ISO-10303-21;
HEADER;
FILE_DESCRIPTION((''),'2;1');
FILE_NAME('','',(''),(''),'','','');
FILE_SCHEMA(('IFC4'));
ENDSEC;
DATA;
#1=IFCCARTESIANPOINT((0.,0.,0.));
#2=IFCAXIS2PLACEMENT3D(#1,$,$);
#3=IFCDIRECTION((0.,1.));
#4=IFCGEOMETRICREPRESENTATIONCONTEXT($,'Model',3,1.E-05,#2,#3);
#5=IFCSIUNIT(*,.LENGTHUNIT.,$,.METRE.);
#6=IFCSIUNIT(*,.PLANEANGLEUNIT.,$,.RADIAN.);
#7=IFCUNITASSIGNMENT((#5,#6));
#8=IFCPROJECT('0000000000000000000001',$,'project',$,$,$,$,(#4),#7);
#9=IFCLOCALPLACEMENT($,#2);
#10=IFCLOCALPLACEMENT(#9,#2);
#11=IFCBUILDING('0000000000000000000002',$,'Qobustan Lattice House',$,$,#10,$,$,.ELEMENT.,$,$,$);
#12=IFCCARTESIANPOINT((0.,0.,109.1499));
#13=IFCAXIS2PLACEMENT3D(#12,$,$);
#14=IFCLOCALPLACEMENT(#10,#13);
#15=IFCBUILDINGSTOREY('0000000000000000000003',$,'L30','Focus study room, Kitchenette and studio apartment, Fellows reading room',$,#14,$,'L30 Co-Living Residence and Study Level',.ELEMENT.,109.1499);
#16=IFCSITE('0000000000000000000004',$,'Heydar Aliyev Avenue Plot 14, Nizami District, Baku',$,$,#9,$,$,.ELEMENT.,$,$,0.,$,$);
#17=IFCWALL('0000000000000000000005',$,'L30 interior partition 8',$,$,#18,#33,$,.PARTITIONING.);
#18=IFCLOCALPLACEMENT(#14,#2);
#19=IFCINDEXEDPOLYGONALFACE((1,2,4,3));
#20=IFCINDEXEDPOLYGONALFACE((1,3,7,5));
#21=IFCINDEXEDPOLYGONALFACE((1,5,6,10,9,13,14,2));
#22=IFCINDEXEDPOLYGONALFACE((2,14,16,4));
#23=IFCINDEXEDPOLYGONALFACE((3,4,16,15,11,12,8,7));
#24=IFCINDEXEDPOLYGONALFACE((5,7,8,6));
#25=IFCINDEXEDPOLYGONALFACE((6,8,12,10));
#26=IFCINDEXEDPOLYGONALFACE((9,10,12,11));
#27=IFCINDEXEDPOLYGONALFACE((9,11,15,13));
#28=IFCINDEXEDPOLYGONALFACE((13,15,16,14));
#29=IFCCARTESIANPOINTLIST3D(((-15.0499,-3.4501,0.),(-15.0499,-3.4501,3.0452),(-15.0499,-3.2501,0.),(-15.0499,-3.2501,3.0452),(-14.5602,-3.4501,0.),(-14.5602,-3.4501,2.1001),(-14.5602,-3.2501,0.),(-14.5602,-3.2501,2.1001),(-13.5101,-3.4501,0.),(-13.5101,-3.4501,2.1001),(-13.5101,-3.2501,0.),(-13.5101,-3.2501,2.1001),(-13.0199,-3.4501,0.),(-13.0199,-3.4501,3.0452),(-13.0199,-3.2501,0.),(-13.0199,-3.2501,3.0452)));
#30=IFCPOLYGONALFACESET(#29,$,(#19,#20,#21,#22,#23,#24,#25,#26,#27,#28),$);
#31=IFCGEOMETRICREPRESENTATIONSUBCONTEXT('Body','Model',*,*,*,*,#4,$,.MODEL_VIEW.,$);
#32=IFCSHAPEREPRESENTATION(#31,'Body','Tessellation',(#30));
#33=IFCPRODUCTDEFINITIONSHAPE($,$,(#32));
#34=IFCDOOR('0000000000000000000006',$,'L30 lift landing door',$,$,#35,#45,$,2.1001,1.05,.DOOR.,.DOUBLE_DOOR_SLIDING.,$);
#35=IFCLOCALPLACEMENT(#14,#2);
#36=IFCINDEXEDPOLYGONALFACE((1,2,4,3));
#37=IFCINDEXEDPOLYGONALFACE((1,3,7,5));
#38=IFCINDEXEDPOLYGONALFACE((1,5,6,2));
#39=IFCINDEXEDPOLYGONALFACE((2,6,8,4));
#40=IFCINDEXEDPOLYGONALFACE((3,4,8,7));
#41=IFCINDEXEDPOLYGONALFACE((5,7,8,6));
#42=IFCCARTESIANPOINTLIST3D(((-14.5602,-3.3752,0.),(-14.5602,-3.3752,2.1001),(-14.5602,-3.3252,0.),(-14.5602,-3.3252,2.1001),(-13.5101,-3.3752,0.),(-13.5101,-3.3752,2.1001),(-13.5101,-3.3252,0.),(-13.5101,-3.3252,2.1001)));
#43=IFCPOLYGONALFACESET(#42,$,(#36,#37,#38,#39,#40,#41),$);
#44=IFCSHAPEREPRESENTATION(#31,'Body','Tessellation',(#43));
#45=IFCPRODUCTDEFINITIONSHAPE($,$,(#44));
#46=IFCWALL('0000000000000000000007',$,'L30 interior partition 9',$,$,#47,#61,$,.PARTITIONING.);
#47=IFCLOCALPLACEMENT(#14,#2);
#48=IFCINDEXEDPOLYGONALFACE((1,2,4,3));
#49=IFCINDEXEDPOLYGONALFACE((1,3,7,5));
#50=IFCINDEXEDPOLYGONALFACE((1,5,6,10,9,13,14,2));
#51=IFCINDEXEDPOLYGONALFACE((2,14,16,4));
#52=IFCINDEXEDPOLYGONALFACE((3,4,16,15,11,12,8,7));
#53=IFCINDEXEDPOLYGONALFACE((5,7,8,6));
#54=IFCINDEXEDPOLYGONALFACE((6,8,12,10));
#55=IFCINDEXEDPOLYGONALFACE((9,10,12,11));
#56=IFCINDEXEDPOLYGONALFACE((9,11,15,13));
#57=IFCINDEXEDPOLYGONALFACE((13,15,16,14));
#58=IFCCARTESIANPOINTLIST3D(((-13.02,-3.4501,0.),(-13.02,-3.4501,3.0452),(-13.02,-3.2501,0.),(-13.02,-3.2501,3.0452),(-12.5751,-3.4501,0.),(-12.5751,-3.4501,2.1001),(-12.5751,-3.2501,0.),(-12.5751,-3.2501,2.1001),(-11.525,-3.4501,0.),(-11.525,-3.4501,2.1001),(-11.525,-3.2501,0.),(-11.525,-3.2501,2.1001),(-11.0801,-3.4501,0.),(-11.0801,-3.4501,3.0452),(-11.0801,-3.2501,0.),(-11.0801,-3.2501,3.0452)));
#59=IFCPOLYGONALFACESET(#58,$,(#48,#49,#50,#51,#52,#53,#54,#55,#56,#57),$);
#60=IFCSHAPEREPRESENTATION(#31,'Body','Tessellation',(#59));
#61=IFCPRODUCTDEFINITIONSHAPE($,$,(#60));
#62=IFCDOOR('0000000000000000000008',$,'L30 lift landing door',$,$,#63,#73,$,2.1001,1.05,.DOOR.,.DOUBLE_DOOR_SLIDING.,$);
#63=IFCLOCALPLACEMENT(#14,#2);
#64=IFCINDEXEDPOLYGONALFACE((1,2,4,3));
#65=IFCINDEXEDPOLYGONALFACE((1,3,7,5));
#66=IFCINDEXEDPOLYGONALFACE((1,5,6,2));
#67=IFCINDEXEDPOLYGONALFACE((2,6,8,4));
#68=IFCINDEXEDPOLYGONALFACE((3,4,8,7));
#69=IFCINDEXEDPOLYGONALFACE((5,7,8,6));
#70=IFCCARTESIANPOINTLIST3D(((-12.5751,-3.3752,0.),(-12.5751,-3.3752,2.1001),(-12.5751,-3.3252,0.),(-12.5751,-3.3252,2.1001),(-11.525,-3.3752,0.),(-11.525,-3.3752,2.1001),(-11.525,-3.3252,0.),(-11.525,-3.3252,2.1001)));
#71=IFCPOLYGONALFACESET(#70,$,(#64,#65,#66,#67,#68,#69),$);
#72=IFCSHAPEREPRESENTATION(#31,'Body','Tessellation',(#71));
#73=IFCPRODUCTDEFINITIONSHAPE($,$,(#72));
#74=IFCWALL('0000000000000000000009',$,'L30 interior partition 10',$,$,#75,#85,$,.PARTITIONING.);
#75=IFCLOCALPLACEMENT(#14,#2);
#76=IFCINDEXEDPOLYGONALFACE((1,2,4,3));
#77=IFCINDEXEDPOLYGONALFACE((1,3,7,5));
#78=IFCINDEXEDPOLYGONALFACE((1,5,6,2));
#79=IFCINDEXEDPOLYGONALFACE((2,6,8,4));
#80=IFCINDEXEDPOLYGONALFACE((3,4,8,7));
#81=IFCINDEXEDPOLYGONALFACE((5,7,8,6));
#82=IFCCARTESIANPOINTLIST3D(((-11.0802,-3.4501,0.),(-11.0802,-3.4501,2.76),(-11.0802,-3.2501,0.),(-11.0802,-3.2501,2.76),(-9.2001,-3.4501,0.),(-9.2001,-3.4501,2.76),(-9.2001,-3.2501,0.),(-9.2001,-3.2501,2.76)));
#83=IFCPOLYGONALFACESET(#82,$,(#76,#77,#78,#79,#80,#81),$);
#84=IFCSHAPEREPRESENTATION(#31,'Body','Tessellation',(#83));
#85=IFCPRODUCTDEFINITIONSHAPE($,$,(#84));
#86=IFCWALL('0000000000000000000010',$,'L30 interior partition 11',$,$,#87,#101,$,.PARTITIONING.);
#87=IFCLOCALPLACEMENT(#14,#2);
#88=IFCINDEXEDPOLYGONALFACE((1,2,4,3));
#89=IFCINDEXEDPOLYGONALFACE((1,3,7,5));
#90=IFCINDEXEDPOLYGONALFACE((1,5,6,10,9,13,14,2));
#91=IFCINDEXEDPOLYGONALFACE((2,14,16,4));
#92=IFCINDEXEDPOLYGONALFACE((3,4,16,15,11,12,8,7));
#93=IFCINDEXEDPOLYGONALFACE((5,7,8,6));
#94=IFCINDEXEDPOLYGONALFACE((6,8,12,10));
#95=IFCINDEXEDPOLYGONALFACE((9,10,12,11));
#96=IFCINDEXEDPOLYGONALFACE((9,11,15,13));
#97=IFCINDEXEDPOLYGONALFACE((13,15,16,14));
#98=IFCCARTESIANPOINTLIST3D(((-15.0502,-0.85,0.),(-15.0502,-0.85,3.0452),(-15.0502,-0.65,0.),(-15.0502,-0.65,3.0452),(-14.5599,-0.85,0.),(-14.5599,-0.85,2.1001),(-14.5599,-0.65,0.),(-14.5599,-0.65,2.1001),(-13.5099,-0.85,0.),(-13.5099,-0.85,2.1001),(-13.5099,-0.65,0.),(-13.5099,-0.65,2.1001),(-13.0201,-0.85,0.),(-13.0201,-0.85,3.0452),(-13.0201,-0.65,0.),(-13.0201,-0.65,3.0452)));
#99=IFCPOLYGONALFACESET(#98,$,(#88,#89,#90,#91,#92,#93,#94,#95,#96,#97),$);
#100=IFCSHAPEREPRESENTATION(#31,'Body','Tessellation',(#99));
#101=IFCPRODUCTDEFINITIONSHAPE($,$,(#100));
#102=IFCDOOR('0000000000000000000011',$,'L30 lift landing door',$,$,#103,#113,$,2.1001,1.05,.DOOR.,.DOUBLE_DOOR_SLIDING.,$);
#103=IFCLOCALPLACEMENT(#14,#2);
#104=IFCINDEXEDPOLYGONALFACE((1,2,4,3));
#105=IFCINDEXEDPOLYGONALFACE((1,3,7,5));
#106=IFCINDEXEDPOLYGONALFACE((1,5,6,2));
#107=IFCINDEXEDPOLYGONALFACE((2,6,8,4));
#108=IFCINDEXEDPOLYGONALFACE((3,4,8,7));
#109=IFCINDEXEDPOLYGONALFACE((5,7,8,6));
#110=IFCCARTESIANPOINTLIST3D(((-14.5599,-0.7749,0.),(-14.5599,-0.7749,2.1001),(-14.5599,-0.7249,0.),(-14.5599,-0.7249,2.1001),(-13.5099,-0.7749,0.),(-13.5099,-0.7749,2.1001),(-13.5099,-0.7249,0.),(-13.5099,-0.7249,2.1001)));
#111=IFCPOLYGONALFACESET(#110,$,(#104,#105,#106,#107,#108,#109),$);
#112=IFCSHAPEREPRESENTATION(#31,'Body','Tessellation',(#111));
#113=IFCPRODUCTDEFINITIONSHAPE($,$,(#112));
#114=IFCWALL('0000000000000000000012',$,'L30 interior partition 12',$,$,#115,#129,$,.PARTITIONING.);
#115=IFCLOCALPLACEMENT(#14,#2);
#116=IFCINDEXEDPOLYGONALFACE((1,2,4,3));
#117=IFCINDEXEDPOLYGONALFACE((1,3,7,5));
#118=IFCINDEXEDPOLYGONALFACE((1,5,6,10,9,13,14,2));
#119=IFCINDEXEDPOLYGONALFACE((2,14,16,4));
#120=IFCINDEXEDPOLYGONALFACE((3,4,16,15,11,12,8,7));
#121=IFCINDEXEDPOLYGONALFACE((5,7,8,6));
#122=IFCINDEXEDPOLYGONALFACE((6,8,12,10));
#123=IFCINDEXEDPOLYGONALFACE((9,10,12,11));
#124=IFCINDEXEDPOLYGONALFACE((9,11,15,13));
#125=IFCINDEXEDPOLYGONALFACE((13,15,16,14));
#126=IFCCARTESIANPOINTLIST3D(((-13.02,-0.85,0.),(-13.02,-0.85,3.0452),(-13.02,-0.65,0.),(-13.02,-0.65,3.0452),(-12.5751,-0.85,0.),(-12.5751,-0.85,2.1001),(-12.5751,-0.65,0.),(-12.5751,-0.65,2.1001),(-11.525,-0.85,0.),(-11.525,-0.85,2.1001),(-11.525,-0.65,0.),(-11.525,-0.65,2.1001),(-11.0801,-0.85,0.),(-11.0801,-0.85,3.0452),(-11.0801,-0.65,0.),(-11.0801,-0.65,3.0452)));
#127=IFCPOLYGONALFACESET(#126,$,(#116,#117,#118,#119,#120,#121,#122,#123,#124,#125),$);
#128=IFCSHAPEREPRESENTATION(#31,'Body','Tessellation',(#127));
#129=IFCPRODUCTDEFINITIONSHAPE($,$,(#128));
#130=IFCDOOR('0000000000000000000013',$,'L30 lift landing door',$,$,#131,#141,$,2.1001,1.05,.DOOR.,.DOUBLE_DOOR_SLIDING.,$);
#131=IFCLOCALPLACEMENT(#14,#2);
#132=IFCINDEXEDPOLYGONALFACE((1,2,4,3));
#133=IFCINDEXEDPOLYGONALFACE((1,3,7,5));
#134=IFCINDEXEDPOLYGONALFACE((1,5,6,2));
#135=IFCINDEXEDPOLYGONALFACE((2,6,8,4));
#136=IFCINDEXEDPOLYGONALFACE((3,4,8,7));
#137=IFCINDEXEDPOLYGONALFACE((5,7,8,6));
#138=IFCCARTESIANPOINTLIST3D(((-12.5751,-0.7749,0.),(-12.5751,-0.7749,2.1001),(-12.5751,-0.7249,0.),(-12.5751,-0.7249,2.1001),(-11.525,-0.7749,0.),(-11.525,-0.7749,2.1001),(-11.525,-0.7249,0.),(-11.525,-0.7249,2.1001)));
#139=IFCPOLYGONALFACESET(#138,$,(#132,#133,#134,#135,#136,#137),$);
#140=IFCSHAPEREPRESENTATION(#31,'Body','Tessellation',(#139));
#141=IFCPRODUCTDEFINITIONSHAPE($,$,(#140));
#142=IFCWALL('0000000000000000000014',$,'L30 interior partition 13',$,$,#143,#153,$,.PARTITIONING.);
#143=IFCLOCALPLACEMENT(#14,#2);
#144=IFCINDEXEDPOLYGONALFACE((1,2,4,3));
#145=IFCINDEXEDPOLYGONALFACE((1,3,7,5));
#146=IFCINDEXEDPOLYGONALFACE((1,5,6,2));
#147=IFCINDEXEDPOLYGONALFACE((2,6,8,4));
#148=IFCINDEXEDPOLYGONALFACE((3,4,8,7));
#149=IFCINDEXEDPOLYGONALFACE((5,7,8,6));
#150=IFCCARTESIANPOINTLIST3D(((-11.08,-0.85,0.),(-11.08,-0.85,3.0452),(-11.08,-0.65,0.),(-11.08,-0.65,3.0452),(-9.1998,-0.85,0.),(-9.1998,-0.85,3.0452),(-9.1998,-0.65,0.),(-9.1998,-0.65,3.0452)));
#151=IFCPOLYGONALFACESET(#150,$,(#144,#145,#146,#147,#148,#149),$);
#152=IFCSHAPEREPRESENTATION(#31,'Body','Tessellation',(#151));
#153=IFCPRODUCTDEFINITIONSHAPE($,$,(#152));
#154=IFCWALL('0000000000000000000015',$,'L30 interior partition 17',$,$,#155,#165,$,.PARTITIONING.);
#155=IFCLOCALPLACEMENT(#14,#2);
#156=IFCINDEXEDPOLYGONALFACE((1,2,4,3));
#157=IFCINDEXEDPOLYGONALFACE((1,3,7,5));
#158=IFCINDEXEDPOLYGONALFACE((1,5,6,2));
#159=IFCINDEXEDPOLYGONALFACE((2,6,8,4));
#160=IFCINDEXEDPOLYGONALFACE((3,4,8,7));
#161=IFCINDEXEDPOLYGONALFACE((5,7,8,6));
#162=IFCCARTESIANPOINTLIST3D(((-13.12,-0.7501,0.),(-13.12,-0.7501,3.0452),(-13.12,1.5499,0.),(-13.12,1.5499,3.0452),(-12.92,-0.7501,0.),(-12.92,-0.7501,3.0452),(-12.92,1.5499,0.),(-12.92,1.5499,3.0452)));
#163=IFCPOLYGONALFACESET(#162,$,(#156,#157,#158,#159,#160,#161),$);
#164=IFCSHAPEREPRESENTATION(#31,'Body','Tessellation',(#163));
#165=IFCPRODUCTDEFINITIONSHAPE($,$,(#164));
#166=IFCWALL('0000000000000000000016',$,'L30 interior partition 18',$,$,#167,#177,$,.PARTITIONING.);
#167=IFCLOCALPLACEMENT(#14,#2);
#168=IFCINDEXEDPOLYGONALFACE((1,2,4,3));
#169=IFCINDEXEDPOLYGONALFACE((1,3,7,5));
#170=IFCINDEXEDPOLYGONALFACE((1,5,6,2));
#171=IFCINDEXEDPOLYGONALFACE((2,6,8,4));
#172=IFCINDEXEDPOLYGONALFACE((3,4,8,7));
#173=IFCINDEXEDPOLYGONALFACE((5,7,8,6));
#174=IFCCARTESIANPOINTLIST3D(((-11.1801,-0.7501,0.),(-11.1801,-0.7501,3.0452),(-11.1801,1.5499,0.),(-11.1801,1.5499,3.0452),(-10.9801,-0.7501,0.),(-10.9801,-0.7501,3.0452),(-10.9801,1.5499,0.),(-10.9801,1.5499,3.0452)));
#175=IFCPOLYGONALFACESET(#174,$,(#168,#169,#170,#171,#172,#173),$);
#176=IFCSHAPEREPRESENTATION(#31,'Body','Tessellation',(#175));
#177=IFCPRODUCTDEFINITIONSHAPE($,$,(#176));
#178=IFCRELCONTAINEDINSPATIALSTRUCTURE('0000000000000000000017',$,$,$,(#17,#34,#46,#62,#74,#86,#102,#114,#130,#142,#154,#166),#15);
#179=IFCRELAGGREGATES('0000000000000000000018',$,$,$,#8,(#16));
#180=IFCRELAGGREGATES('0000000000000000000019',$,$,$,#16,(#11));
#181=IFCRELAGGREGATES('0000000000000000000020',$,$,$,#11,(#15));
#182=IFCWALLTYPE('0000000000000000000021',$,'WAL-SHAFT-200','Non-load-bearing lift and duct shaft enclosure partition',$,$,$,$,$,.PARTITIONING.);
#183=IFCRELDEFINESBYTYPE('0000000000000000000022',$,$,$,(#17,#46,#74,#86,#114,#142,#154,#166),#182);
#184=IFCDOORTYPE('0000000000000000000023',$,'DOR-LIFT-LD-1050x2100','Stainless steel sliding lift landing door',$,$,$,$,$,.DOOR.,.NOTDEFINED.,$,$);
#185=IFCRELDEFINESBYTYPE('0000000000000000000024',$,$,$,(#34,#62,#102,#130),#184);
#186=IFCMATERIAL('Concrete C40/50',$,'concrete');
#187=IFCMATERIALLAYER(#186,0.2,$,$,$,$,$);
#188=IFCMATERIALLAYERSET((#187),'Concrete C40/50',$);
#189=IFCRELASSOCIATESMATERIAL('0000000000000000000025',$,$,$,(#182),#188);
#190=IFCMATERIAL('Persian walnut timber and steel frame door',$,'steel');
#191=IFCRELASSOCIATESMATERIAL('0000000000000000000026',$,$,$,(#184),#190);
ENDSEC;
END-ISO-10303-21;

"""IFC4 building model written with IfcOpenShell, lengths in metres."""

from ifc_helpers import new_model, si_unit, direction, frame, frame_2d, origin, place, context, subcontext, project, spatial, rectangle, extrude, material, layer, layer_set, type_object, element, fill, save


model = new_model("IFC4")

# Units and contexts
model_context = context("Model", 3, precision=1e-05, world=origin(), true_north=direction((0.0, 1.0)))
body_context = subcontext(model_context, "Body", "Model", "MODEL_VIEW")
ifc_project = project(units=[si_unit("LENGTHUNIT", "METRE"), si_unit("PLANEANGLEUNIT", "RADIAN")], contexts=[model_context])

# Site, building, storey
site_placement = place(None, origin())
site = spatial("IfcSite", under=ifc_project, at=site_placement, Name="Heydar Aliyev Avenue Plot 14, Nizami District, Baku", CompositionType="ELEMENT", RefElevation=0.0)
building_placement = place(site_placement, origin())
building = spatial("IfcBuilding", under=site, at=building_placement, Name="Qobustan Lattice House", CompositionType="ELEMENT")
storey_placement = place(building_placement, frame((0.0, 0.0, 109.1499)))
storey = spatial("IfcBuildingStorey", under=building, at=storey_placement, Name="L30", Description="Focus study room, Kitchenette and studio apartment, Fellows reading room", LongName="L30 Co-Living Residence and Study Level", CompositionType="ELEMENT", Elevation=109.1499)

# Walls, openings, doors
ifc_material_1 = material(Name="Concrete C40/50", Category="concrete")
ifc_layer_1 = layer(ifc_material_1, 0.2)
ifc_layer_set_1 = layer_set([ifc_layer_1], Name="Concrete C40/50")
wall_type_1 = type_object("IfcWallType", Name="WAL-SHAFT-200", Description="Non-load-bearing lift and duct shaft enclosure partition", PredefinedType="PARTITIONING", material=ifc_layer_set_1)
wall_1_placement = place(storey_placement, frame((-15.05, -3.3501, 0.0), z_axis=(0.0, 0.0, 1.0), x_axis=(1.0, 0.0, 0.0)))
wall_1 = element("IfcWall", 1, at=wall_1_placement, inside=storey, type_object=wall_type_1, Name="L30 interior partition 8", PredefinedType="PARTITIONING", context=body_context, shape_type="SweptSolid", body=[
    extrude(rectangle(XDim=2.03, YDim=0.2, at=frame_2d((1.0151, 0.0))), origin(), (0.0, 0.0, 1.0), 3.0452),
])
opening_1_placement = place(wall_1_placement, frame((0.49, 0.0, 0.0)))
opening_1 = element("IfcOpeningElement", 2, at=opening_1_placement, cuts=wall_1, PredefinedType="OPENING", context=body_context, shape_type="SweptSolid", body=[
    extrude(rectangle(XDim=1.05, YDim=2.1001, at=frame_2d((0.5249, 1.05))), frame((0.0, 0.1099, 0.0), z_axis=(0.0, -1.0, 0.0), x_axis=(1.0, 0.0, 0.0)), (0.0, 0.0, 1.0), 0.22),
])
ifc_material_2 = material(Name="Persian walnut timber and steel frame door", Category="steel")
door_type_1 = type_object("IfcDoorType", Name="DOR-LIFT-LD-1050x2100", Description="Stainless steel sliding lift landing door", OperationType="NOTDEFINED", PredefinedType="DOOR", material=ifc_material_2)
door_1_placement = place(opening_1_placement, origin())
door_1 = element("IfcDoor", 3, at=door_1_placement, inside=storey, type_object=door_type_1, Name="L30 lift landing door", OperationType="DOUBLE_DOOR_SLIDING", OverallHeight=2.1001, OverallWidth=1.05, PredefinedType="DOOR", context=body_context, shape_type="SweptSolid", body=[
    extrude(rectangle(XDim=1.05, YDim=2.1001, at=frame_2d((0.5249, 1.05))), frame((0.0, 0.0249, 0.0), z_axis=(0.0, -1.0, 0.0), x_axis=(1.0, 0.0, 0.0)), (0.0, 0.0, 1.0), 0.05),
])
fill(opening_1, door_1)
wall_2_placement = place(storey_placement, frame((-13.02, -3.3501, 0.0), z_axis=(0.0, 0.0, 1.0), x_axis=(1.0, 0.0, 0.0)))
wall_2 = element("IfcWall", 4, at=wall_2_placement, inside=storey, type_object=wall_type_1, Name="L30 interior partition 9", PredefinedType="PARTITIONING", context=body_context, shape_type="SweptSolid", body=[
    extrude(rectangle(XDim=1.9399, YDim=0.2, at=frame_2d((0.97, 0.0))), origin(), (0.0, 0.0, 1.0), 3.0452),
])
opening_2_placement = place(wall_2_placement, frame((0.4451, 0.0, 0.0)))
opening_2 = element("IfcOpeningElement", 5, at=opening_2_placement, cuts=wall_2, PredefinedType="OPENING", context=body_context, shape_type="SweptSolid", body=[
    extrude(rectangle(XDim=1.05, YDim=2.1001, at=frame_2d((0.5249, 1.05))), frame((0.0, 0.1099, 0.0), z_axis=(0.0, -1.0, 0.0), x_axis=(1.0, 0.0, 0.0)), (0.0, 0.0, 1.0), 0.22),
])
door_2_placement = place(opening_2_placement, origin())
door_2 = element("IfcDoor", 6, at=door_2_placement, inside=storey, type_object=door_type_1, Name="L30 lift landing door", OperationType="DOUBLE_DOOR_SLIDING", OverallHeight=2.1001, OverallWidth=1.05, PredefinedType="DOOR", context=body_context, shape_type="SweptSolid", body=[
    extrude(rectangle(XDim=1.05, YDim=2.1001, at=frame_2d((0.5249, 1.05))), frame((0.0, 0.0249, 0.0), z_axis=(0.0, -1.0, 0.0), x_axis=(1.0, 0.0, 0.0)), (0.0, 0.0, 1.0), 0.05),
])
fill(opening_2, door_2)

# Wall
wall_3_placement = place(storey_placement, frame((-11.0801, -3.3501, 0.0), z_axis=(0.0, 0.0, 1.0), x_axis=(1.0, 0.0, 0.0)))
element("IfcWall", 7, at=wall_3_placement, inside=storey, type_object=wall_type_1, Name="L30 interior partition 10", PredefinedType="PARTITIONING", context=body_context, shape_type="SweptSolid", body=[
    extrude(rectangle(XDim=1.8801, YDim=0.2, at=frame_2d((0.9399, 0.0))), origin(), (0.0, 0.0, 1.0), 2.76),
])

# Walls, openings, doors
wall_4_placement = place(storey_placement, frame((-13.02, -0.75, 0.0), z_axis=(0.0, 0.0, 1.0), x_axis=(-1.0, 0.0, 0.0)))
wall_4 = element("IfcWall", 8, at=wall_4_placement, inside=storey, type_object=wall_type_1, Name="L30 interior partition 11", PredefinedType="PARTITIONING", context=body_context, shape_type="SweptSolid", body=[
    extrude(rectangle(XDim=2.03, YDim=0.2, at=frame_2d((1.0151, 0.0))), origin(), (0.0, 0.0, 1.0), 3.0452),
])
opening_3_placement = place(wall_4_placement, frame((0.49, 0.0, 0.0)))
opening_3 = element("IfcOpeningElement", 9, at=opening_3_placement, cuts=wall_4, PredefinedType="OPENING", context=body_context, shape_type="SweptSolid", body=[
    extrude(rectangle(XDim=1.05, YDim=2.1001, at=frame_2d((0.5249, 1.05))), frame((0.0, 0.1099, 0.0), z_axis=(0.0, -1.0, 0.0), x_axis=(1.0, 0.0, 0.0)), (0.0, 0.0, 1.0), 0.22),
])
door_3_placement = place(opening_3_placement, origin())
door_3 = element("IfcDoor", 10, at=door_3_placement, inside=storey, type_object=door_type_1, Name="L30 lift landing door", OperationType="DOUBLE_DOOR_SLIDING", OverallHeight=2.1001, OverallWidth=1.05, PredefinedType="DOOR", context=body_context, shape_type="SweptSolid", body=[
    extrude(rectangle(XDim=1.05, YDim=2.1001, at=frame_2d((0.5249, 1.05))), frame((0.0, 0.0249, 0.0), z_axis=(0.0, -1.0, 0.0), x_axis=(1.0, 0.0, 0.0)), (0.0, 0.0, 1.0), 0.05),
])
fill(opening_3, door_3)
wall_5_placement = place(storey_placement, frame((-11.0801, -0.75, 0.0), z_axis=(0.0, 0.0, 1.0), x_axis=(-1.0, 0.0, 0.0)))
wall_5 = element("IfcWall", 11, at=wall_5_placement, inside=storey, type_object=wall_type_1, Name="L30 interior partition 12", PredefinedType="PARTITIONING", context=body_context, shape_type="SweptSolid", body=[
    extrude(rectangle(XDim=1.9399, YDim=0.2, at=frame_2d((0.97, 0.0))), origin(), (0.0, 0.0, 1.0), 3.0452),
])
opening_4_placement = place(wall_5_placement, frame((0.4451, 0.0, 0.0)))
opening_4 = element("IfcOpeningElement", 12, at=opening_4_placement, cuts=wall_5, PredefinedType="OPENING", context=body_context, shape_type="SweptSolid", body=[
    extrude(rectangle(XDim=1.05, YDim=2.1001, at=frame_2d((0.5249, 1.05))), frame((0.0, 0.1099, 0.0), z_axis=(0.0, -1.0, 0.0), x_axis=(1.0, 0.0, 0.0)), (0.0, 0.0, 1.0), 0.22),
])
door_4_placement = place(opening_4_placement, origin())
door_4 = element("IfcDoor", 13, at=door_4_placement, inside=storey, type_object=door_type_1, Name="L30 lift landing door", OperationType="DOUBLE_DOOR_SLIDING", OverallHeight=2.1001, OverallWidth=1.05, PredefinedType="DOOR", context=body_context, shape_type="SweptSolid", body=[
    extrude(rectangle(XDim=1.05, YDim=2.1001, at=frame_2d((0.5249, 1.05))), frame((0.0, 0.0249, 0.0), z_axis=(0.0, -1.0, 0.0), x_axis=(1.0, 0.0, 0.0)), (0.0, 0.0, 1.0), 0.05),
])
fill(opening_4, door_4)

# Walls
wall_6_placement = place(storey_placement, frame((-9.2, -0.75, 0.0), z_axis=(0.0, 0.0, 1.0), x_axis=(-1.0, 0.0, 0.0)))
element("IfcWall", 14, at=wall_6_placement, inside=storey, type_object=wall_type_1, Name="L30 interior partition 13", PredefinedType="PARTITIONING", context=body_context, shape_type="SweptSolid", body=[
    extrude(rectangle(XDim=1.8801, YDim=0.2, at=frame_2d((0.9399, 0.0))), origin(), (0.0, 0.0, 1.0), 3.0452),
])
for number, where, z_axis, x_axis, name in (
    (15, (-13.02, -0.75, 0.0), (0.0, 0.0, 1.0), (0.0, 1.0, 0.0), "L30 interior partition 17"),
    (16, (-11.0801, -0.75, 0.0), (0.0, 0.0, 1.0), (0.0, 1.0, 0.0), "L30 interior partition 18"),
):
    element("IfcWall", number, at=place(storey_placement, frame(where, z_axis=z_axis, x_axis=x_axis)), inside=storey, type_object=wall_type_1, Name=name, PredefinedType="PARTITIONING", context=body_context, shape_type="SweptSolid", body=[
        extrude(rectangle(XDim=2.3, YDim=0.2, at=frame_2d((1.1499, 0.0))), origin(), (0.0, 0.0, 1.0), 3.0452),
    ])

save(model, "model.ifc")
